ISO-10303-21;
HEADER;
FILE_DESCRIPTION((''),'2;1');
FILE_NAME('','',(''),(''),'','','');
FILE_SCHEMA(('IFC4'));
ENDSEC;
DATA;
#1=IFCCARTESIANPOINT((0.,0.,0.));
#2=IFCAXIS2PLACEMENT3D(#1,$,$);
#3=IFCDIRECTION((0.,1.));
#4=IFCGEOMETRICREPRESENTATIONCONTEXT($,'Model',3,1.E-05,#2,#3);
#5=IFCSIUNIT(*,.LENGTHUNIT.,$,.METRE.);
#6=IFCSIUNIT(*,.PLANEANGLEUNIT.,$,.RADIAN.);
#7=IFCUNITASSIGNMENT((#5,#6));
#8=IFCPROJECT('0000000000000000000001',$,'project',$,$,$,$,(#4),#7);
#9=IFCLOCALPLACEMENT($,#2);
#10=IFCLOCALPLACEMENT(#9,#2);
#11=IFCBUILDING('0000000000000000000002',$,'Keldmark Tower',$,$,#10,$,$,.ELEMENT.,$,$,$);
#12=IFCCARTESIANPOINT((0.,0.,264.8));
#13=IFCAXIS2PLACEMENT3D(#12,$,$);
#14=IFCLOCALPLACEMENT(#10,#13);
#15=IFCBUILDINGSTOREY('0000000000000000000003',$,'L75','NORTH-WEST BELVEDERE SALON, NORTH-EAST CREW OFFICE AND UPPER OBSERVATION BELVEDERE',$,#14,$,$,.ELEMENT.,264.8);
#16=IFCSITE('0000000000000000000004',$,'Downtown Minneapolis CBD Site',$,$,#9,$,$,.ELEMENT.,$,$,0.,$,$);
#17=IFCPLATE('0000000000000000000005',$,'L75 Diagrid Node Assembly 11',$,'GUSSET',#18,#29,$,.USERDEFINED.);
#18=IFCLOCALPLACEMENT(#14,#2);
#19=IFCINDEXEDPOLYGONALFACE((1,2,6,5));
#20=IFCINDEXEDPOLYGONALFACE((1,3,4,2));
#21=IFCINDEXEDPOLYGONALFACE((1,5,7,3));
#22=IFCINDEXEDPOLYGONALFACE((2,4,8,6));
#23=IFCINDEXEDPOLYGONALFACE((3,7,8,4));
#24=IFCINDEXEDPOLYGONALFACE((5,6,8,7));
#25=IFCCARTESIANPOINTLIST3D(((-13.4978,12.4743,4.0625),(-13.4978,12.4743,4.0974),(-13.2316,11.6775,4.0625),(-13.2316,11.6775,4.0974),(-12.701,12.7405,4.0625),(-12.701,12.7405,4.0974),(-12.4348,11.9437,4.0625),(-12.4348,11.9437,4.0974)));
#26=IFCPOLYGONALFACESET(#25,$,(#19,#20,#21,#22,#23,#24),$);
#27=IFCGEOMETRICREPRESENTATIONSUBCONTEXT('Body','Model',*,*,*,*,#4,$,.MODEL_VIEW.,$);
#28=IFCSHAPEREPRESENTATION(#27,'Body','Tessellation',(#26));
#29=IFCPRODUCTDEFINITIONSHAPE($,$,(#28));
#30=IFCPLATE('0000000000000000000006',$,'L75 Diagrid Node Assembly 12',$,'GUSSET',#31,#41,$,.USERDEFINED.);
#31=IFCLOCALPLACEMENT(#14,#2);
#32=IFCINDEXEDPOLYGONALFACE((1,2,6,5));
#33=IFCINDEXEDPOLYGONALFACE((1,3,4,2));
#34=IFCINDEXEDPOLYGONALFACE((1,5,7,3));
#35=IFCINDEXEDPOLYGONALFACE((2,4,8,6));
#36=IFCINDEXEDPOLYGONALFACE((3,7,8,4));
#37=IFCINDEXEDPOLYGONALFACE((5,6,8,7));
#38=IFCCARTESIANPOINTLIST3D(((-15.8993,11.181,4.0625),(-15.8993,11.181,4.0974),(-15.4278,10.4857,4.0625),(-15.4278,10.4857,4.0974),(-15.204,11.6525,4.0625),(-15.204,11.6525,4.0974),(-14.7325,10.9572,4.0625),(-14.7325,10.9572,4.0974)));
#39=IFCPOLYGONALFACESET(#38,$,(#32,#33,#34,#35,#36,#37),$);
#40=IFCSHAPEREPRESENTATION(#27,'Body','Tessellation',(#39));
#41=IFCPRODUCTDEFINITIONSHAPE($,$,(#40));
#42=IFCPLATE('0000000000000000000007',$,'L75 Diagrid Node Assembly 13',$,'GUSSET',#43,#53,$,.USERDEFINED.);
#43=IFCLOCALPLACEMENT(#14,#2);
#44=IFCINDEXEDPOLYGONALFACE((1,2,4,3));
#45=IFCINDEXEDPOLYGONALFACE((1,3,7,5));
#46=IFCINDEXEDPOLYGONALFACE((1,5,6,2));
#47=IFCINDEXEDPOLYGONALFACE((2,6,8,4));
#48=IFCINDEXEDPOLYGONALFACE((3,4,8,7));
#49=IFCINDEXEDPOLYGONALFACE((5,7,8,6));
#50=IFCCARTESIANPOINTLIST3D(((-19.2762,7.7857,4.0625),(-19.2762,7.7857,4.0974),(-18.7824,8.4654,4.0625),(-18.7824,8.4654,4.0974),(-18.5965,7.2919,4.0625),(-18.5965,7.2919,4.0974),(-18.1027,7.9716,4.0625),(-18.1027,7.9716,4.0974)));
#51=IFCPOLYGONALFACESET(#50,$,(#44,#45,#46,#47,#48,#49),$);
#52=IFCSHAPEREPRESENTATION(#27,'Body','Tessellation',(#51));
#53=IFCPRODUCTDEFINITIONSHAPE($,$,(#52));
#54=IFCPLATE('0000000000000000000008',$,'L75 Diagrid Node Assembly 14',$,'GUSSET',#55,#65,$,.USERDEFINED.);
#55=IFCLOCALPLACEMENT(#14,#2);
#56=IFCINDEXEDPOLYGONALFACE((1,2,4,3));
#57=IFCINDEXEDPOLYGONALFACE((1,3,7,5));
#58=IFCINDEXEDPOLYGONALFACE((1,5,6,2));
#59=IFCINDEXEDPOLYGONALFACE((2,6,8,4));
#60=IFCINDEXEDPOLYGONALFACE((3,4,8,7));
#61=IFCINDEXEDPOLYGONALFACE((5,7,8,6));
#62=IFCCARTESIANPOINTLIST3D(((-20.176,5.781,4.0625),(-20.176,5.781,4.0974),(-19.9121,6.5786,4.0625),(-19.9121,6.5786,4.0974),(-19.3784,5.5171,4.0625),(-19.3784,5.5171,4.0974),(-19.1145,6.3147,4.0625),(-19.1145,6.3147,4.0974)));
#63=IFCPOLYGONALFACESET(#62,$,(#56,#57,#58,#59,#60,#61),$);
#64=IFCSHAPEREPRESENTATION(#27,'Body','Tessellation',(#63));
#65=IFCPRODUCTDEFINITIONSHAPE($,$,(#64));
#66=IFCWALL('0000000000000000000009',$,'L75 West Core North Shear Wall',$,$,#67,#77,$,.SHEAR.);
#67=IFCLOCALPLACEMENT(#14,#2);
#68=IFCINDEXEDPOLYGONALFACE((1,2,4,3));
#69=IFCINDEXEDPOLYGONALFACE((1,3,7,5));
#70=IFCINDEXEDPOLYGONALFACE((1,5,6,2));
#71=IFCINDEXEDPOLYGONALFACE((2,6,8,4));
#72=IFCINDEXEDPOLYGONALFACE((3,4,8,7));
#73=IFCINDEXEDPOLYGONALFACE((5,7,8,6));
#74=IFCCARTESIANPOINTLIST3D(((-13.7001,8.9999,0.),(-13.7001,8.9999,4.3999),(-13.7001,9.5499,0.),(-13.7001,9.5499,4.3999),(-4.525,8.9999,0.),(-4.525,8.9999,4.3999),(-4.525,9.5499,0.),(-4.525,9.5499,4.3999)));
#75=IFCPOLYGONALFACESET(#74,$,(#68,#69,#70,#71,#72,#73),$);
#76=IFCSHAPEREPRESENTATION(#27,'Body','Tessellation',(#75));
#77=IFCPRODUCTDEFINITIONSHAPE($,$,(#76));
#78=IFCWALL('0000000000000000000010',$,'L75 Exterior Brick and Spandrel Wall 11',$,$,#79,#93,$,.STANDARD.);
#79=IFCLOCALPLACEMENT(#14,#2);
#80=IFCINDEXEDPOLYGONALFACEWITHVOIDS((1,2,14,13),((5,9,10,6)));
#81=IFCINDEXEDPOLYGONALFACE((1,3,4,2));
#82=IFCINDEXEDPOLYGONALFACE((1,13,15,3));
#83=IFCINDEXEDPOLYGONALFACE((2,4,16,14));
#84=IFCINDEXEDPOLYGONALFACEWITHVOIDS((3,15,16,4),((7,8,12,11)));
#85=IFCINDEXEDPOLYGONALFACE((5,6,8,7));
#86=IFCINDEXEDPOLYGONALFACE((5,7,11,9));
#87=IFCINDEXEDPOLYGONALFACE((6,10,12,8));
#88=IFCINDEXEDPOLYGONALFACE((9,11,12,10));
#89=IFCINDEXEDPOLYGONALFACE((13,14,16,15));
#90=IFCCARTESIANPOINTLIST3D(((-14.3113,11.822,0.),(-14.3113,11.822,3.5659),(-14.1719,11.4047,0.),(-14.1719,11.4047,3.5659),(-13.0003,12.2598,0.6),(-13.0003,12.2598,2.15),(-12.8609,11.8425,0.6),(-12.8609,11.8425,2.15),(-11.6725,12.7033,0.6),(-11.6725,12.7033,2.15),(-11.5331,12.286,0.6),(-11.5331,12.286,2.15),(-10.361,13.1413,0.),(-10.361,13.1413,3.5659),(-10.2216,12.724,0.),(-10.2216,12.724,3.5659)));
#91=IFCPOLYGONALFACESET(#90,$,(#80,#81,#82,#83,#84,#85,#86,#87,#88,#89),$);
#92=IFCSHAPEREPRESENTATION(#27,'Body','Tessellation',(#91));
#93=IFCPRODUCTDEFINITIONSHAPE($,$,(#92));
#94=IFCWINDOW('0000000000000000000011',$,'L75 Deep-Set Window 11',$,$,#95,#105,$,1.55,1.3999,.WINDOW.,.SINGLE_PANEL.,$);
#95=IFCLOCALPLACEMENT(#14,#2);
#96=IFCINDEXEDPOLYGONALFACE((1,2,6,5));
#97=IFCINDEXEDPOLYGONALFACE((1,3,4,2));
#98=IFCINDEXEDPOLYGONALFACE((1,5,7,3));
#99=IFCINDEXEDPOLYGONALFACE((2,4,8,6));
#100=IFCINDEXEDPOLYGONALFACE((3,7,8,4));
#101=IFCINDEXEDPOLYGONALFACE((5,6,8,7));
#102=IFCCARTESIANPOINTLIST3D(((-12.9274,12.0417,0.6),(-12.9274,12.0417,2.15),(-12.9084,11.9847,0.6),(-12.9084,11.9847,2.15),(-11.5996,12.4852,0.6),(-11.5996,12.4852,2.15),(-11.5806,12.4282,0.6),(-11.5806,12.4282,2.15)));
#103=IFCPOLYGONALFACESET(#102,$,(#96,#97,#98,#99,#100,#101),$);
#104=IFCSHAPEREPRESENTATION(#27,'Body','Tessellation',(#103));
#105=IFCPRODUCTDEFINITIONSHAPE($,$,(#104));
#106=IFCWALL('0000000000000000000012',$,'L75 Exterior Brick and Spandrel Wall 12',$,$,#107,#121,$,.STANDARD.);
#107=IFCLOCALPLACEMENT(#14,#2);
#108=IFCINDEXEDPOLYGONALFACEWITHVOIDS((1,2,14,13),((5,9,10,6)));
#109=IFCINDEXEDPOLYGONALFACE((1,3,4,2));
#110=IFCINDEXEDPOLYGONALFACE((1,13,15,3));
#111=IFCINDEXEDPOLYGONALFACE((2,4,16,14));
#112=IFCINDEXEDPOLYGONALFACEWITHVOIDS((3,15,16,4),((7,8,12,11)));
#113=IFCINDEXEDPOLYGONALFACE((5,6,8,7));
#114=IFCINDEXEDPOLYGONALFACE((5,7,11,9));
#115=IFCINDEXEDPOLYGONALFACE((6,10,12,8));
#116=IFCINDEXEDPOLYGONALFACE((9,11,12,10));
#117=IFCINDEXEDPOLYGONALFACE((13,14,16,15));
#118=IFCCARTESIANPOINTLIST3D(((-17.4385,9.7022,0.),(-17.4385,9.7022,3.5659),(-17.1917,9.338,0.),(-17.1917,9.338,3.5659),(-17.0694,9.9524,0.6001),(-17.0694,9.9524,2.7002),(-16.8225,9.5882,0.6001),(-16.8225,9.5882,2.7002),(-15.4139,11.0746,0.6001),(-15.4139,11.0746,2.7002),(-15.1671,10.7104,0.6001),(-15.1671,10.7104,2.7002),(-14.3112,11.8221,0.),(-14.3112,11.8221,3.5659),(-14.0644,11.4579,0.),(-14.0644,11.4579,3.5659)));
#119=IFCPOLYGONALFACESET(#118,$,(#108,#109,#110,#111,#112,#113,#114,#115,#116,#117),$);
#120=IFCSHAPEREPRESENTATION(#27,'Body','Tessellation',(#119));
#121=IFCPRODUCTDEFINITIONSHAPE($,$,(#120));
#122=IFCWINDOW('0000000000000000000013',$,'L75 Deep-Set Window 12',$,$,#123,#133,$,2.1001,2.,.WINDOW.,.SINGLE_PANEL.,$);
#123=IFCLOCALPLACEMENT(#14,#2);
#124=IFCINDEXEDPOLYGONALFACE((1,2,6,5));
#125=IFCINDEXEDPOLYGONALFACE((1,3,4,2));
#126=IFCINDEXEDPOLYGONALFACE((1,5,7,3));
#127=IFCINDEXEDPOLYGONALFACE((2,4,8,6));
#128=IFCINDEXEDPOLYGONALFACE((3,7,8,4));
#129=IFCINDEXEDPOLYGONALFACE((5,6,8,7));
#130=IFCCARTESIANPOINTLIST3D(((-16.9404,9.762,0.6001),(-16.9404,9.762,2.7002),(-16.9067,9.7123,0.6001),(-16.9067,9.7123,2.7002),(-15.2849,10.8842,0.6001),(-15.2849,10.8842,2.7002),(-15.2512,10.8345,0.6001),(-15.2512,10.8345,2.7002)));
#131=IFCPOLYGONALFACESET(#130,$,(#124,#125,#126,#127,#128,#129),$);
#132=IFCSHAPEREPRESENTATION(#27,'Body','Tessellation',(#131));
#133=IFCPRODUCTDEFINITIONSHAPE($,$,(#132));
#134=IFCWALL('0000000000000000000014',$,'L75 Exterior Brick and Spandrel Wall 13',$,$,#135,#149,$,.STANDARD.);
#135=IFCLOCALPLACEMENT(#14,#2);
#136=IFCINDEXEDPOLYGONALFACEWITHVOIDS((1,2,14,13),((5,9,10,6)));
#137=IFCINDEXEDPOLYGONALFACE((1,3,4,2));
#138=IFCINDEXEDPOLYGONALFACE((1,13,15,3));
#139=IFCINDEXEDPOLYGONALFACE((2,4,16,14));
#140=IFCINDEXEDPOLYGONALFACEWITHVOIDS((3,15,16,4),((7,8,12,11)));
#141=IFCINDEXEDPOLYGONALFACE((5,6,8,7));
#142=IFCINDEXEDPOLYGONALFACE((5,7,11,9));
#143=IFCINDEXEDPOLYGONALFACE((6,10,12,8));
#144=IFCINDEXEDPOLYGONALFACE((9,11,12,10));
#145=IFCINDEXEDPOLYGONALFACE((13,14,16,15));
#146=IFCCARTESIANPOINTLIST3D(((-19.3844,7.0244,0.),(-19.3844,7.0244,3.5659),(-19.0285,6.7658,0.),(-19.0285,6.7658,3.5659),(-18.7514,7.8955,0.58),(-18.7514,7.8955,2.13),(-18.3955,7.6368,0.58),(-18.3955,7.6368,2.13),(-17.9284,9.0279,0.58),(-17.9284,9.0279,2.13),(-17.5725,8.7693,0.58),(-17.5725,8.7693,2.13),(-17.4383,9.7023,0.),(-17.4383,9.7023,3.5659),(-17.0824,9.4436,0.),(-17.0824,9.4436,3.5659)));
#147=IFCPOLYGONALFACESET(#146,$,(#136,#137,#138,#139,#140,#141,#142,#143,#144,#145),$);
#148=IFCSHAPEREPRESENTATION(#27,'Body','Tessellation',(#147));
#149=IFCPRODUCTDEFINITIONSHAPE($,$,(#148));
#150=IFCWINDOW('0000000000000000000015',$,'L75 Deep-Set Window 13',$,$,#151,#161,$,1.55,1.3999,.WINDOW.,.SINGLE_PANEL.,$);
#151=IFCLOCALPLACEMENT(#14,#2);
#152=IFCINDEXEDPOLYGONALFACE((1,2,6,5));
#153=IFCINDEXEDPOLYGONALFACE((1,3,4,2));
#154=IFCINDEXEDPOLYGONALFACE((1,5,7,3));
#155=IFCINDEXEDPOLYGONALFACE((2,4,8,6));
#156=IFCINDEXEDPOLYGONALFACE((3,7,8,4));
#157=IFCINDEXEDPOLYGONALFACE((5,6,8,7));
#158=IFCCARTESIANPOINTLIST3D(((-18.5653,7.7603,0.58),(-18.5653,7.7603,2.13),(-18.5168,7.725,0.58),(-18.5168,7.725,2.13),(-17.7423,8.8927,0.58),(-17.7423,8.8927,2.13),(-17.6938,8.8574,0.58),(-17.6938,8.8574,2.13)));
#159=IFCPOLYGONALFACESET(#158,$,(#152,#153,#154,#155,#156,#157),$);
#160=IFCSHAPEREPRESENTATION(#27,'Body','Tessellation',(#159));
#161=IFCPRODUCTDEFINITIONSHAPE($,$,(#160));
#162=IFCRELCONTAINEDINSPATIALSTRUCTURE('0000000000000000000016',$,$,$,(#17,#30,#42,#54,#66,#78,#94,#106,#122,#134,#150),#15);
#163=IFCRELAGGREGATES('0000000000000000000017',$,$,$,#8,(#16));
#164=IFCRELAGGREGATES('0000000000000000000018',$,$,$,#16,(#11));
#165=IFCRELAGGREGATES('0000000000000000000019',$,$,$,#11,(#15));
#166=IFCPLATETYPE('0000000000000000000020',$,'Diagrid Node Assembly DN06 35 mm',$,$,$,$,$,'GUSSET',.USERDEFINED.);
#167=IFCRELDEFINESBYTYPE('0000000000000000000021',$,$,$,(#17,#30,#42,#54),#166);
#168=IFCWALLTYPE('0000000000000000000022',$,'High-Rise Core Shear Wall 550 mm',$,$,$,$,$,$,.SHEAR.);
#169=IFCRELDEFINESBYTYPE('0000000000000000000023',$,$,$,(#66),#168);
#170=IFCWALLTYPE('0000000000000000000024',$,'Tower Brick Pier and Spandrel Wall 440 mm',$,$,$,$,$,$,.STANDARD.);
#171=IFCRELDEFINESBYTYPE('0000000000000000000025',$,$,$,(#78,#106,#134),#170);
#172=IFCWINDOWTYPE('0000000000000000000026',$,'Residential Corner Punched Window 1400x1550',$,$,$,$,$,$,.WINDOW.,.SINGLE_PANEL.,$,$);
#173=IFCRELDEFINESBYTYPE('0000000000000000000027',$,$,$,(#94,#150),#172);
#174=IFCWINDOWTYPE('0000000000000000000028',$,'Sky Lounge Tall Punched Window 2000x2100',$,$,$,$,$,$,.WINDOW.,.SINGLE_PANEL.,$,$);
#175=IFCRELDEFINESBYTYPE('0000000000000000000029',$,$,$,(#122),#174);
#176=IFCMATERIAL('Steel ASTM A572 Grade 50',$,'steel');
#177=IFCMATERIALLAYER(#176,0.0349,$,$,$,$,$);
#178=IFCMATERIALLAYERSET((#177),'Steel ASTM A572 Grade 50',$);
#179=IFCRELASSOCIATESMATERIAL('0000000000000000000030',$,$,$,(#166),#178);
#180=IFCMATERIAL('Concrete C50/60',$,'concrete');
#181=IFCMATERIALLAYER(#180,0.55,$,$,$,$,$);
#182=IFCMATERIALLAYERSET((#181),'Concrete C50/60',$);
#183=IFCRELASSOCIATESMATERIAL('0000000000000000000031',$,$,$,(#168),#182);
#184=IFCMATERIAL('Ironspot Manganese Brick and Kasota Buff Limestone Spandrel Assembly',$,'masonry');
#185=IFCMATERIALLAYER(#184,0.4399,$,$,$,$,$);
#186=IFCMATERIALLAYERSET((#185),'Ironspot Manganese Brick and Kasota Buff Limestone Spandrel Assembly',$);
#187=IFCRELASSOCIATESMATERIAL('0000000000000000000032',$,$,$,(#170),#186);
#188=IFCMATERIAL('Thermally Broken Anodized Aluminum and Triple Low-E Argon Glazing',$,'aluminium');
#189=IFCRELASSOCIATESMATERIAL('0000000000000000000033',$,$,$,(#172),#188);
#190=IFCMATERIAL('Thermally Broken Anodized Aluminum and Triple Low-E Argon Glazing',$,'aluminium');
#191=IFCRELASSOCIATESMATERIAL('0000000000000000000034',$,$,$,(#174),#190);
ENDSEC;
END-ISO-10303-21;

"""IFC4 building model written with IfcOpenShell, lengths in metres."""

from ifc_helpers import new_model, si_unit, direction, frame, frame_2d, origin, origin_2d, place, context, subcontext, project, spatial, rectangle, extrude, material, layer, layer_set, type_object, element, fill, save


model = new_model("IFC4")

# Units and contexts
model_context = context("Model", 3, precision=1e-05, world=origin(), true_north=direction((0.0, 1.0)))
body_context = subcontext(model_context, "Body", "Model", "MODEL_VIEW")
ifc_project = project(units=[si_unit("LENGTHUNIT", "METRE"), si_unit("PLANEANGLEUNIT", "RADIAN")], contexts=[model_context])

# Site, building, storey
site_placement = place(None, origin())
site = spatial("IfcSite", under=ifc_project, at=site_placement, Name="Downtown Minneapolis CBD Site", CompositionType="ELEMENT", RefElevation=0.0)
building_placement = place(site_placement, origin())
building = spatial("IfcBuilding", under=site, at=building_placement, Name="Keldmark Tower", CompositionType="ELEMENT")
storey_placement = place(building_placement, frame((0.0, 0.0, 264.8)))
storey = spatial("IfcBuildingStorey", under=building, at=storey_placement, Name="L75", Description="NORTH-WEST BELVEDERE SALON, NORTH-EAST CREW OFFICE AND UPPER OBSERVATION BELVEDERE", CompositionType="ELEMENT", Elevation=264.8)

# Plates
ifc_material_1 = material(Name="Steel ASTM A572 Grade 50", Category="steel")
ifc_layer_1 = layer(ifc_material_1, 0.0349)
ifc_layer_set_1 = layer_set([ifc_layer_1], Name="Steel ASTM A572 Grade 50")
plate_type_1 = type_object("IfcPlateType", Name="Diagrid Node Assembly DN06 35 mm", ElementType="GUSSET", PredefinedType="USERDEFINED", material=ifc_layer_set_1)
for number, where, z_axis, x_axis, name in (
    (1, (-12.9663, 12.209, 4.0625), (0.0, 0.0, 1.0), (-0.94849, -0.316808, 0.0), "L75 Diagrid Node Assembly 11"),
    (2, (-15.3159, 11.0691, 4.0625), (0.0, 0.0, 1.0), (-0.827669, -0.561217, 0.0), "L75 Diagrid Node Assembly 12"),
    (3, (-18.6895, 7.8787, 4.0625), (0.0, 0.0, 1.0), (-0.587785, -0.809017, 0.0), "L75 Diagrid Node Assembly 13"),
    (4, (-19.6453, 6.0479, 4.0625), (0.0, 0.0, 1.0), (-0.314158, -0.949371, 0.0), "L75 Diagrid Node Assembly 14"),
):
    element("IfcPlate", number, at=place(storey_placement, frame(where, z_axis=z_axis, x_axis=x_axis)), inside=storey, type_object=plate_type_1, Name=name, ObjectType="GUSSET", PredefinedType="USERDEFINED", context=body_context, shape_type="SweptSolid", body=[
        extrude(rectangle(XDim=0.8401, YDim=0.8401, at=origin_2d()), origin(), (0.0, 0.0, 1.0), 0.0349),
    ])

# Wall
ifc_material_2 = material(Name="Concrete C50/60", Category="concrete")
ifc_layer_2 = layer(ifc_material_2, 0.55)
ifc_layer_set_2 = layer_set([ifc_layer_2], Name="Concrete C50/60")
wall_type_1 = type_object("IfcWallType", Name="High-Rise Core Shear Wall 550 mm", PredefinedType="SHEAR", material=ifc_layer_set_2)
wall_1_placement = place(storey_placement, frame((-13.7, 9.2749, 0.0), z_axis=(0.0, 0.0, 1.0), x_axis=(1.0, 0.0, 0.0)))
element("IfcWall", 5, at=wall_1_placement, inside=storey, type_object=wall_type_1, Name="L75 West Core North Shear Wall", PredefinedType="SHEAR", context=body_context, shape_type="SweptSolid", body=[
    extrude(rectangle(XDim=9.175, YDim=0.55, at=frame_2d((4.5874, 0.0))), origin(), (0.0, 0.0, 1.0), 4.3999),
])

# Walls, openings, windows
ifc_material_3 = material(Name="Ironspot Manganese Brick and Kasota Buff Limestone Spandrel Assembly", Category="masonry")
ifc_layer_3 = layer(ifc_material_3, 0.4399)
ifc_layer_set_3 = layer_set([ifc_layer_3], Name="Ironspot Manganese Brick and Kasota Buff Limestone Spandrel Assembly")
wall_type_2 = type_object("IfcWallType", Name="Tower Brick Pier and Spandrel Wall 440 mm", PredefinedType="STANDARD", material=ifc_layer_set_3)
wall_2_placement = place(storey_placement, frame((-14.2417, 11.6133, 0.0), z_axis=(0.0, 0.0, 1.0), x_axis=(0.948496, 0.31679, 0.0)))
wall_2 = element("IfcWall", 6, at=wall_2_placement, inside=storey, type_object=wall_type_2, Name="L75 Exterior Brick and Spandrel Wall 11", PredefinedType="STANDARD", context=body_context, shape_type="SweptSolid", body=[
    extrude(rectangle(XDim=4.1648, YDim=0.4399, at=frame_2d((2.0825, 0.0))), origin(), (0.0, 0.0, 1.0), 3.5659),
])
opening_1_placement = place(wall_2_placement, frame((1.3823, 0.0, 0.6001)))
opening_1 = element("IfcOpeningElement", 7, at=opening_1_placement, cuts=wall_2, PredefinedType="OPENING", context=body_context, shape_type="SweptSolid", body=[
    extrude(rectangle(XDim=1.3999, YDim=1.55, at=frame_2d((0.7, 0.7749))), frame((0.0, 0.23, 0.0), z_axis=(0.0, -1.0, 0.0), x_axis=(1.0, 0.0, 0.0)), (0.0, 0.0, 1.0), 0.46),
])
ifc_material_4 = material(Name="Thermally Broken Anodized Aluminum and Triple Low-E Argon Glazing", Category="aluminium")
window_type_1 = type_object("IfcWindowType", Name="Residential Corner Punched Window 1400x1550", PartitioningType="SINGLE_PANEL", PredefinedType="WINDOW", material=ifc_material_4)
window_1_placement = place(opening_1_placement, origin())
window_1 = element("IfcWindow", 8, at=window_1_placement, inside=storey, type_object=window_type_1, Name="L75 Deep-Set Window 11", OverallHeight=1.55, OverallWidth=1.3999, PartitioningType="SINGLE_PANEL", PredefinedType="WINDOW", context=body_context, shape_type="SweptSolid", body=[
    extrude(rectangle(XDim=1.3999, YDim=1.55, at=frame_2d((0.7, 0.7749))), frame((0.0, -0.01, 0.0), z_axis=(0.0, -1.0, 0.0), x_axis=(1.0, 0.0, 0.0)), (0.0, 0.0, 1.0), 0.0601),
])
fill(opening_1, window_1)
wall_3_placement = place(storey_placement, frame((-17.3152, 9.52, 0.0), z_axis=(0.0, 0.0, 1.0), x_axis=(0.827741, 0.561111, 0.0)))
wall_3 = element("IfcWall", 9, at=wall_3_placement, inside=storey, type_object=wall_type_2, Name="L75 Exterior Brick and Spandrel Wall 12", PredefinedType="STANDARD", context=body_context, shape_type="SweptSolid", body=[
    extrude(rectangle(XDim=3.7781, YDim=0.4399, at=frame_2d((1.8892, 0.0))), origin(), (0.0, 0.0, 1.0), 3.5659),
])
opening_2_placement = place(wall_3_placement, frame((0.446, 0.0, 0.6001)))
opening_2 = element("IfcOpeningElement", 10, at=opening_2_placement, cuts=wall_3, PredefinedType="OPENING", context=body_context, shape_type="SweptSolid", body=[
    extrude(rectangle(XDim=2.0, YDim=2.1001, at=frame_2d((1.0, 1.05))), frame((0.0, 0.23, 0.0), z_axis=(0.0, -1.0, 0.0), x_axis=(1.0, 0.0, 0.0)), (0.0, 0.0, 1.0), 0.46),
])
ifc_material_5 = material(Name="Thermally Broken Anodized Aluminum and Triple Low-E Argon Glazing", Category="aluminium")
window_type_2 = type_object("IfcWindowType", Name="Sky Lounge Tall Punched Window 2000x2100", PartitioningType="SINGLE_PANEL", PredefinedType="WINDOW", material=ifc_material_5)
window_2_placement = place(opening_2_placement, origin())
window_2 = element("IfcWindow", 11, at=window_2_placement, inside=storey, type_object=window_type_2, Name="L75 Deep-Set Window 12", OverallHeight=2.1001, OverallWidth=2.0, PartitioningType="SINGLE_PANEL", PredefinedType="WINDOW", context=body_context, shape_type="SweptSolid", body=[
    extrude(rectangle(XDim=2.0, YDim=2.1001, at=frame_2d((1.0, 1.05))), frame((0.0, -0.01, 0.0), z_axis=(0.0, -1.0, 0.0), x_axis=(1.0, 0.0, 0.0)), (0.0, 0.0, 1.0), 0.0601),
])
fill(opening_2, window_2)
wall_4_placement = place(storey_placement, frame((-19.2065, 6.895, 0.0), z_axis=(0.0, 0.0, 1.0), x_axis=(0.587895, 0.808937, 0.0)))
wall_4 = element("IfcWall", 12, at=wall_4_placement, inside=storey, type_object=wall_type_2, Name="L75 Exterior Brick and Spandrel Wall 13", PredefinedType="STANDARD", context=body_context, shape_type="SweptSolid", body=[
    extrude(rectangle(XDim=3.3103, YDim=0.4399, at=frame_2d((1.6553, 0.0))), origin(), (0.0, 0.0, 1.0), 3.5659),
])
opening_3_placement = place(wall_4_placement, frame((1.0769, 0.0, 0.5801)))
opening_3 = element("IfcOpeningElement", 13, at=opening_3_placement, cuts=wall_4, PredefinedType="OPENING", context=body_context, shape_type="SweptSolid", body=[
    extrude(rectangle(XDim=1.3999, YDim=1.55, at=frame_2d((0.7, 0.7749))), frame((0.0, 0.23, 0.0), z_axis=(0.0, -1.0, 0.0), x_axis=(1.0, 0.0, 0.0)), (0.0, 0.0, 1.0), 0.46),
])
window_3_placement = place(opening_3_placement, origin())
window_3 = element("IfcWindow", 14, at=window_3_placement, inside=storey, type_object=window_type_1, Name="L75 Deep-Set Window 13", OverallHeight=1.55, OverallWidth=1.3999, PartitioningType="SINGLE_PANEL", PredefinedType="WINDOW", context=body_context, shape_type="SweptSolid", body=[
    extrude(rectangle(XDim=1.3999, YDim=1.55, at=frame_2d((0.7, 0.7749))), frame((0.0, -0.01, 0.0), z_axis=(0.0, -1.0, 0.0), x_axis=(1.0, 0.0, 0.0)), (0.0, 0.0, 1.0), 0.0601),
])
fill(opening_3, window_3)

save(model, "model.ifc")
